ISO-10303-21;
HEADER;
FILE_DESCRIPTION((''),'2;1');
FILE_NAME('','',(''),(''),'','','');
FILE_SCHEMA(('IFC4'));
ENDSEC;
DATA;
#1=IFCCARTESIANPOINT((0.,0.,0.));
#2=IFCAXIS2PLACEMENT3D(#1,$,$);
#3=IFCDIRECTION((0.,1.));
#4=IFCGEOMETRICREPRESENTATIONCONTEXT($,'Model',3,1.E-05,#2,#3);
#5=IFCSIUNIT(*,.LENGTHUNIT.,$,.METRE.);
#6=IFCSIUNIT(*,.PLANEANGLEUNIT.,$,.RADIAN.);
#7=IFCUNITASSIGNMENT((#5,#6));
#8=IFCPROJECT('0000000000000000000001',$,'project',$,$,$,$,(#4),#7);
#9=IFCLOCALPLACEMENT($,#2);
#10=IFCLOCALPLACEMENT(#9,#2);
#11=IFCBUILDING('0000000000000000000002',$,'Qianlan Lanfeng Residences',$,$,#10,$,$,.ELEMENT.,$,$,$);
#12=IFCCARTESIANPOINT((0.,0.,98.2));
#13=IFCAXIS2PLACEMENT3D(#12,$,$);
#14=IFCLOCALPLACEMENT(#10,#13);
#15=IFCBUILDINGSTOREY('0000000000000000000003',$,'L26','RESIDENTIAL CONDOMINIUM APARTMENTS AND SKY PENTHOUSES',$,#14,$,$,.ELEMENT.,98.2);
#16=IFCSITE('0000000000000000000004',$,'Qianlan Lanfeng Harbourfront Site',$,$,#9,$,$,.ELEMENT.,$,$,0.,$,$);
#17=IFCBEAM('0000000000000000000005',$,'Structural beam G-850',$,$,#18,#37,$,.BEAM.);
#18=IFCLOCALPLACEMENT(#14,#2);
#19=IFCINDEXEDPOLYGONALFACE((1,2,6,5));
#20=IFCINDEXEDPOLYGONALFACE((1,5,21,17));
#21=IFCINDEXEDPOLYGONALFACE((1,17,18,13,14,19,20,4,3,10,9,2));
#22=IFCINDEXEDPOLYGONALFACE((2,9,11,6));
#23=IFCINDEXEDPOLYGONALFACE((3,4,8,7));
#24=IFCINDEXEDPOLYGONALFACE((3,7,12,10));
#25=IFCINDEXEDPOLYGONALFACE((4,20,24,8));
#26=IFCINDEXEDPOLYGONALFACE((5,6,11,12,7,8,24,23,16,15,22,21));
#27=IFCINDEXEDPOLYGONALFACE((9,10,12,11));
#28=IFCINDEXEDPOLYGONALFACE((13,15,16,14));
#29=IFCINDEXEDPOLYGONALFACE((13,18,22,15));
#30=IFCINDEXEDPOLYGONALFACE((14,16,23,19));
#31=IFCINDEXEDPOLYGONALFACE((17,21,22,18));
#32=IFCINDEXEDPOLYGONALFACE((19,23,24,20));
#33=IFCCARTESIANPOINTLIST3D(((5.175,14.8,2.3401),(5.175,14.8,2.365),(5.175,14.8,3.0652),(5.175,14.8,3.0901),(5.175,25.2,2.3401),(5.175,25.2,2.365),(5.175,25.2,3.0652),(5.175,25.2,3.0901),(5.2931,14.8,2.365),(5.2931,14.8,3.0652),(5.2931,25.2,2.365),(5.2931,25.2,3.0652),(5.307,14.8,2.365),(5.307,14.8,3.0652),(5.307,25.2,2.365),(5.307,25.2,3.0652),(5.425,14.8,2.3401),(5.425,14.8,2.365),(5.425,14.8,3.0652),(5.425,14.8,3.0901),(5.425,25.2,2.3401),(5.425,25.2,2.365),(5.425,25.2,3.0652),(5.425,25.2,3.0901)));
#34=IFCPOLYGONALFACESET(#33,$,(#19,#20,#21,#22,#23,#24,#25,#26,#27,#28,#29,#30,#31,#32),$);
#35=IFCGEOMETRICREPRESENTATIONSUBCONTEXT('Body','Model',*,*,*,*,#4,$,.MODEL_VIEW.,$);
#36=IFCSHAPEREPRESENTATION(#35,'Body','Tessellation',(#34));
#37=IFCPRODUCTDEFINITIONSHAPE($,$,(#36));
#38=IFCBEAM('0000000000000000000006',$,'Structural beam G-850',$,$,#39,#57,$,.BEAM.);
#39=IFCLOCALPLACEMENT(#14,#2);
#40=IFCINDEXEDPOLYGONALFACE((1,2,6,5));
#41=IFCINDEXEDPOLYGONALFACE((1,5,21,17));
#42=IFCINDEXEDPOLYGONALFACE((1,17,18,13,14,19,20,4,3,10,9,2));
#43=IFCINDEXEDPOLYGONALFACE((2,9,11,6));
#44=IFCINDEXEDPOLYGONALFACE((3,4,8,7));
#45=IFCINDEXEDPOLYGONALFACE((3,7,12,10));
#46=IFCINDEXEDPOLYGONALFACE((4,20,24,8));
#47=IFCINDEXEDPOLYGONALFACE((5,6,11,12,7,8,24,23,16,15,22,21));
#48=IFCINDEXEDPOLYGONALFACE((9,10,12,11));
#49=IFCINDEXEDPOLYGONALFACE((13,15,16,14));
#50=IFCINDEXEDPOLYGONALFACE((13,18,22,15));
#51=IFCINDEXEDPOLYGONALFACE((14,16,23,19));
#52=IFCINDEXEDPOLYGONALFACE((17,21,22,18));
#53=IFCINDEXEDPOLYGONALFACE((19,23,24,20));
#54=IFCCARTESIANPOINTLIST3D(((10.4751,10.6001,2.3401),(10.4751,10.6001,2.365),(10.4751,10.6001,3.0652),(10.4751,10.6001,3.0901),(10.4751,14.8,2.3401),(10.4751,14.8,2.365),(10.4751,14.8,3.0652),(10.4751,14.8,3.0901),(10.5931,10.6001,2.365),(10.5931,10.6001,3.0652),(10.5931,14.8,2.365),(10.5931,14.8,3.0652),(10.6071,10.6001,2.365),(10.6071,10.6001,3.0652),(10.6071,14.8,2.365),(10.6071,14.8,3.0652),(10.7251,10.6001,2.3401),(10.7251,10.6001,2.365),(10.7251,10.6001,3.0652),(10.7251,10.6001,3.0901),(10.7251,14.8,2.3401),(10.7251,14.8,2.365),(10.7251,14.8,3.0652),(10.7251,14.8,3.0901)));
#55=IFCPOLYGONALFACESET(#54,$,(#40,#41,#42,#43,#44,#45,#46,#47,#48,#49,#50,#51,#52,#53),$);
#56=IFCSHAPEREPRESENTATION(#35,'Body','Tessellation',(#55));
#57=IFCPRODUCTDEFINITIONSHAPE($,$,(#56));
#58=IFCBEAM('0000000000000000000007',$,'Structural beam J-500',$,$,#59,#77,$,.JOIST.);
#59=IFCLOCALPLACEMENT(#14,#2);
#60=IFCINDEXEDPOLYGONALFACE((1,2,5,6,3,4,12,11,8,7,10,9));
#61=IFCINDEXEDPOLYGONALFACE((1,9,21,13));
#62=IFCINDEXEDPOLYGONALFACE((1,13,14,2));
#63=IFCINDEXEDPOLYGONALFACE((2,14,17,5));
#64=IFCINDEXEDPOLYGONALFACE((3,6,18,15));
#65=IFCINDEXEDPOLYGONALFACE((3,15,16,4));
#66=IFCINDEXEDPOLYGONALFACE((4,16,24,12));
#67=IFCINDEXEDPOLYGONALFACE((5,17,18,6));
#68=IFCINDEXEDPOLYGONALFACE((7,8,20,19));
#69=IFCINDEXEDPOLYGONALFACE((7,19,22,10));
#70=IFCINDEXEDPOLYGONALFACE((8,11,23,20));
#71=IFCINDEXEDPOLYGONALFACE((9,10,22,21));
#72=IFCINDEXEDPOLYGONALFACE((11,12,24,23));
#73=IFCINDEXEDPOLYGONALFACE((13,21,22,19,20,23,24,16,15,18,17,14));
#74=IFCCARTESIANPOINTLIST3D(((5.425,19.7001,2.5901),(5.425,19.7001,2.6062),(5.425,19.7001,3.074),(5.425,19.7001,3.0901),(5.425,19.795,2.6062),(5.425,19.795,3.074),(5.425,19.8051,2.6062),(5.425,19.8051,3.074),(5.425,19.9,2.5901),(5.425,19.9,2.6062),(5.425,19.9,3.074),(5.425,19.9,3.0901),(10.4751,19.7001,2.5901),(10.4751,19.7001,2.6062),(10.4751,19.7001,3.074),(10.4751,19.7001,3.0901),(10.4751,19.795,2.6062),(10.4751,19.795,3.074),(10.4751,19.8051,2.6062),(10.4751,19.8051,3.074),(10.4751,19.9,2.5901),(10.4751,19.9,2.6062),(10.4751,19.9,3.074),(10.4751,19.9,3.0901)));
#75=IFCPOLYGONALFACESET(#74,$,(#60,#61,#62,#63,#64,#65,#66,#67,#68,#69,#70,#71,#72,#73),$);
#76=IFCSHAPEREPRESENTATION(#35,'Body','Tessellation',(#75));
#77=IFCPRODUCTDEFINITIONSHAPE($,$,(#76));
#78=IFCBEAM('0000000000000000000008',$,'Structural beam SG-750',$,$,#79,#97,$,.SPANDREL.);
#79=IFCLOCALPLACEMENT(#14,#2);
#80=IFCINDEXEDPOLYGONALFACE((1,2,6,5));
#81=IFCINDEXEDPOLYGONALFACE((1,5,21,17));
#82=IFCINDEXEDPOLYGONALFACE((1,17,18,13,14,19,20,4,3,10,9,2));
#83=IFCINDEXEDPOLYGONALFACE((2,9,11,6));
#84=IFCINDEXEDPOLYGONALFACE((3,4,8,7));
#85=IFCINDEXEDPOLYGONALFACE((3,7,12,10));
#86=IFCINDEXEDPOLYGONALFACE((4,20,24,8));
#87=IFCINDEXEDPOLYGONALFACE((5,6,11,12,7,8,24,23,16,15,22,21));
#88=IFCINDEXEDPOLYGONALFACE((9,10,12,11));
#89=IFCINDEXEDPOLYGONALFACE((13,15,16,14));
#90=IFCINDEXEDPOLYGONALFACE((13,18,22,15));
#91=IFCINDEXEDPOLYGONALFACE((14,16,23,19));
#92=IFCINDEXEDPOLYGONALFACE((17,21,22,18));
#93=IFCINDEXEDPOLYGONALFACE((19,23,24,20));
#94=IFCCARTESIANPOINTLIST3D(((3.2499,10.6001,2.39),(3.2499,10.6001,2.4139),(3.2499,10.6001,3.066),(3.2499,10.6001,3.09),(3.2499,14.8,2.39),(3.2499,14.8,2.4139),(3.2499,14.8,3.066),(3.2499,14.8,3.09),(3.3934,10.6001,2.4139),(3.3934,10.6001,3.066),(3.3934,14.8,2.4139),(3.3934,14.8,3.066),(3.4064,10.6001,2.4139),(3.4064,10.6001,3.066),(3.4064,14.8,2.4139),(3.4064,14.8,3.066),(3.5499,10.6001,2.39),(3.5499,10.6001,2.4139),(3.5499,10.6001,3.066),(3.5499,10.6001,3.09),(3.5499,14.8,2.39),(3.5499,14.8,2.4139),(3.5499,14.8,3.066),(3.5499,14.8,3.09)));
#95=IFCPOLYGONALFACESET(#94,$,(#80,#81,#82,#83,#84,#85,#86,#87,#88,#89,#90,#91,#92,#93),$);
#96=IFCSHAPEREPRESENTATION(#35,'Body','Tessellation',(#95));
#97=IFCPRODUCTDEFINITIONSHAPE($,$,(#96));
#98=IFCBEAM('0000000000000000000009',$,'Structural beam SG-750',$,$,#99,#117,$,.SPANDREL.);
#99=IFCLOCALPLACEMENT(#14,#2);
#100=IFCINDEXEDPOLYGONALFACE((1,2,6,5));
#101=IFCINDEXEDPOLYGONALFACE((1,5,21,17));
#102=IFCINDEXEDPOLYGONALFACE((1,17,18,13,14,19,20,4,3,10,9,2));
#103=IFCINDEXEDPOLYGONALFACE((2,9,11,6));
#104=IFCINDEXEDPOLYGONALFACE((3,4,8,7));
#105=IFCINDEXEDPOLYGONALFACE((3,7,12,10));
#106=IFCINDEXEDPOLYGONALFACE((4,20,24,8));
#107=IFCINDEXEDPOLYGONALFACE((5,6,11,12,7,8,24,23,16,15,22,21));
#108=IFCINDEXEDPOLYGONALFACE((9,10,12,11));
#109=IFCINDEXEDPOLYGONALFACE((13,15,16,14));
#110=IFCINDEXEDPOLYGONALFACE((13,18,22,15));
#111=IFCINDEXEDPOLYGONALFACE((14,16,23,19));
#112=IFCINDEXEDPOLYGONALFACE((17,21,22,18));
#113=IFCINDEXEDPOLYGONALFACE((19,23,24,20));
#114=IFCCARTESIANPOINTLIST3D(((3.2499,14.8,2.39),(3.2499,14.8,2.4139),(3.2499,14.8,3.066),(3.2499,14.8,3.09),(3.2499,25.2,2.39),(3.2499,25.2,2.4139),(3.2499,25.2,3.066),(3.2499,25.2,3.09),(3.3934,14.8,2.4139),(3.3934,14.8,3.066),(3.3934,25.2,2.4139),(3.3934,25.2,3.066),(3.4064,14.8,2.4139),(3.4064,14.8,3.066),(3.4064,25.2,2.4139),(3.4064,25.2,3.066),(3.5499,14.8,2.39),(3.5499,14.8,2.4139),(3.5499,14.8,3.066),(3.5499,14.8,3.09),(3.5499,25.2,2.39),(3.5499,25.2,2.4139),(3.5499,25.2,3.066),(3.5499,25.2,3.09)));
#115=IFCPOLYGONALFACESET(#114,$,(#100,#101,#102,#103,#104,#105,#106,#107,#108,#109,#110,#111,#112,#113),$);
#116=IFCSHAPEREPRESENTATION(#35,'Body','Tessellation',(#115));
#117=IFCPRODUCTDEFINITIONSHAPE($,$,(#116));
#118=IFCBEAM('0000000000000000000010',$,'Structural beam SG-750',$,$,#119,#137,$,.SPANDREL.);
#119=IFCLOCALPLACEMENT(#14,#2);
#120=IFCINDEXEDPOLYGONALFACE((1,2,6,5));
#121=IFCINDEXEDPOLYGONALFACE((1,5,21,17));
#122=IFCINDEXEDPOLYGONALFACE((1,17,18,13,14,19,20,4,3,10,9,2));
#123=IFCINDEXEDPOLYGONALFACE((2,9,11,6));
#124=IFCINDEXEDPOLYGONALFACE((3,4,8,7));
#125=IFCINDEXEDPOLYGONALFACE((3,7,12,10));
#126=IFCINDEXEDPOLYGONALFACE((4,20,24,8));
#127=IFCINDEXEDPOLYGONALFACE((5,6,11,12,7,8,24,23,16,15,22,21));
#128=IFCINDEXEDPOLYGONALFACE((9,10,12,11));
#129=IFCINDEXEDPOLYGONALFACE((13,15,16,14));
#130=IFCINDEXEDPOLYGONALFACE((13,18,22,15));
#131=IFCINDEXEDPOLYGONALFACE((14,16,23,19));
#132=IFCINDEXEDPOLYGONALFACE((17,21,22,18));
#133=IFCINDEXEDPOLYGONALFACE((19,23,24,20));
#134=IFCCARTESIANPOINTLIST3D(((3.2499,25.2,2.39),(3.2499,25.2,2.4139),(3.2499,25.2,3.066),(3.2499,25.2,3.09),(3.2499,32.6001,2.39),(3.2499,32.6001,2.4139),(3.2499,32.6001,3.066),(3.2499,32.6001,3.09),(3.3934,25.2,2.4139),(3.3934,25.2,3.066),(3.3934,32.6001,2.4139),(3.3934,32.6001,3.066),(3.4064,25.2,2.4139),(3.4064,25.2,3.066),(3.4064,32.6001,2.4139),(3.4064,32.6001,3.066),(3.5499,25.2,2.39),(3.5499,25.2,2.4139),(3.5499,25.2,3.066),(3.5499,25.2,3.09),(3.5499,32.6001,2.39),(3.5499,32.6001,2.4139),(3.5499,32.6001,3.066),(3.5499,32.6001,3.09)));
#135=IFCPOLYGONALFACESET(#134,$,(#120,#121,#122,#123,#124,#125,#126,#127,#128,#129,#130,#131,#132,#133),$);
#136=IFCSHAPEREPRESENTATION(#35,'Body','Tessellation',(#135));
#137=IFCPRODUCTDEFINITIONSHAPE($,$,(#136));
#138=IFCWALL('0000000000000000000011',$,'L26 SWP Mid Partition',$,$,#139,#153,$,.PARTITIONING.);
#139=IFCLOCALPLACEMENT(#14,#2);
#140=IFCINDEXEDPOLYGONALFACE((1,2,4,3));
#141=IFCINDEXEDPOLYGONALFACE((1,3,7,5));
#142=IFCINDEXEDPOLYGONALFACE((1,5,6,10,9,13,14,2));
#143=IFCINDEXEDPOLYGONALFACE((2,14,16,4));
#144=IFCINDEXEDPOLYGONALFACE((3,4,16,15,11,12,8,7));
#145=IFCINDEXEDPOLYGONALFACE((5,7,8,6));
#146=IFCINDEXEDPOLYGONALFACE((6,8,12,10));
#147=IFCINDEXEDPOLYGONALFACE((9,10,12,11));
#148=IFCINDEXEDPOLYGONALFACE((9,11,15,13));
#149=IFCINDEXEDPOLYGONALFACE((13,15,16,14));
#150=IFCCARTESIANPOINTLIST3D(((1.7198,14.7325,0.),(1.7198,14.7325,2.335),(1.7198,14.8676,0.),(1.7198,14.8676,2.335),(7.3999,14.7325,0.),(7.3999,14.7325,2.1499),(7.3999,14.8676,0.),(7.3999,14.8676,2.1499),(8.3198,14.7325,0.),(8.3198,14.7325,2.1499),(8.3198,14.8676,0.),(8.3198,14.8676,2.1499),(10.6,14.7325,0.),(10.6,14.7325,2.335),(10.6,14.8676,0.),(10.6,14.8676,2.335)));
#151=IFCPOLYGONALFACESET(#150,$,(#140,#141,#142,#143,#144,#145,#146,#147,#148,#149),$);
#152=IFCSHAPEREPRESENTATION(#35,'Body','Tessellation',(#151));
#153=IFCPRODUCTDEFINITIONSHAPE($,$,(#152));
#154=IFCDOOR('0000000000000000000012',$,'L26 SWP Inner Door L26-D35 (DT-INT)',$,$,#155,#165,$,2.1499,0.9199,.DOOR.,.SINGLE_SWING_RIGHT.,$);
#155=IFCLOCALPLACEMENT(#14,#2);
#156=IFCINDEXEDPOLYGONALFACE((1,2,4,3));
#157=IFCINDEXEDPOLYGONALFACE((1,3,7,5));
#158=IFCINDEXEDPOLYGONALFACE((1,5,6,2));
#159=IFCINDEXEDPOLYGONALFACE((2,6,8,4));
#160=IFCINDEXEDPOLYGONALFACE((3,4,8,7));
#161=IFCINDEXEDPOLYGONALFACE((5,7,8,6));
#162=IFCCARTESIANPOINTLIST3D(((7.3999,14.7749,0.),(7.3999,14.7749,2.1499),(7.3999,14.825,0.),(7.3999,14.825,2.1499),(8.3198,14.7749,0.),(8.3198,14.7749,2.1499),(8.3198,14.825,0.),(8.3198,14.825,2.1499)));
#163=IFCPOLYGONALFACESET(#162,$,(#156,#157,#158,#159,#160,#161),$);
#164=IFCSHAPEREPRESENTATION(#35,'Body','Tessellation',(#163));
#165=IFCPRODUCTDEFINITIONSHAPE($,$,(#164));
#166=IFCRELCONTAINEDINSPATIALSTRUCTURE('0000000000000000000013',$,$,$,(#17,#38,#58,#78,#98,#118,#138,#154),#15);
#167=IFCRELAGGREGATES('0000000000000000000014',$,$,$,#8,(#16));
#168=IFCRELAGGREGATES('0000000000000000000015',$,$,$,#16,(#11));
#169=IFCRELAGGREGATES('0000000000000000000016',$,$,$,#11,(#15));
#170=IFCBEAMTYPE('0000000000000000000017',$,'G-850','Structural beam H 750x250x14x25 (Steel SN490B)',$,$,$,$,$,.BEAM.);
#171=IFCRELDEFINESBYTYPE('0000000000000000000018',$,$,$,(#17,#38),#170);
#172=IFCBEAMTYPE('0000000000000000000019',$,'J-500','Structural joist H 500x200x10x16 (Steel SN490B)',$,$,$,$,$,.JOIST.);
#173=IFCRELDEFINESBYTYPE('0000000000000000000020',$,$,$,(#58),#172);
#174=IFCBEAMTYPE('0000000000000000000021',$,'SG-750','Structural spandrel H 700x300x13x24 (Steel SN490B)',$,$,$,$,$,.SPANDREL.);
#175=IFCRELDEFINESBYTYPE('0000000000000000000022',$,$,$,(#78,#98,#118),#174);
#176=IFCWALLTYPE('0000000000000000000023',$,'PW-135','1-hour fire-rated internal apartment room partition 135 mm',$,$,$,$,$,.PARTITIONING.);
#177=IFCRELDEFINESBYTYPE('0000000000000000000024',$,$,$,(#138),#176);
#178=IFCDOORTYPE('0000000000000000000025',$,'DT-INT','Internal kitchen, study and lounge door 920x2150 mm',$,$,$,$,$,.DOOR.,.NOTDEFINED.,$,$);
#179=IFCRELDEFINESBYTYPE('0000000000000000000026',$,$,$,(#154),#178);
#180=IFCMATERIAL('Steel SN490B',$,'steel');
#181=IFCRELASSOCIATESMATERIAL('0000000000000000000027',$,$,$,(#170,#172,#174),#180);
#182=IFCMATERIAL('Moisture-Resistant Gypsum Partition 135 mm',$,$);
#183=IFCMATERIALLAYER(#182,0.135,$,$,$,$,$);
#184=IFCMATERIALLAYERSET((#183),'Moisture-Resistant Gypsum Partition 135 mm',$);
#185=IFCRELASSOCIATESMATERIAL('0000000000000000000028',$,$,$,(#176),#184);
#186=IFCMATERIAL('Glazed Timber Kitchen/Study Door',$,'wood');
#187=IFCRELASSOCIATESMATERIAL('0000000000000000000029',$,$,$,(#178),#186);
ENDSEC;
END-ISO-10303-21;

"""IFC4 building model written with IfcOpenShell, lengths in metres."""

from ifc_helpers import new_model, si_unit, direction, frame, frame_2d, origin, origin_2d, place, context, subcontext, project, spatial, rectangle, i_section, extrude, material, layer, layer_set, material_profile, profile_set, type_object, element, fill, save


model = new_model("IFC4")

# Units and contexts
model_context = context("Model", 3, precision=1e-05, world=origin(), true_north=direction((0.0, 1.0)))
body_context = subcontext(model_context, "Body", "Model", "MODEL_VIEW")
ifc_project = project(units=[si_unit("LENGTHUNIT", "METRE"), si_unit("PLANEANGLEUNIT", "RADIAN")], contexts=[model_context])

# Site, building, storey
site_placement = place(None, origin())
site = spatial("IfcSite", under=ifc_project, at=site_placement, Name="Qianlan Lanfeng Harbourfront Site", CompositionType="ELEMENT", RefElevation=0.0)
building_placement = place(site_placement, origin())
building = spatial("IfcBuilding", under=site, at=building_placement, Name="Qianlan Lanfeng Residences", CompositionType="ELEMENT")
storey_placement = place(building_placement, frame((0.0, 0.0, 98.2)))
storey = spatial("IfcBuildingStorey", under=building, at=storey_placement, Name="L26", Description="RESIDENTIAL CONDOMINIUM APARTMENTS AND SKY PENTHOUSES", CompositionType="ELEMENT", Elevation=98.2)

# Shared definitions
ifc_material_1 = material(Name="Steel SN490B", Category="steel")

# Beams
ifc_material_profile_1 = material_profile(ifc_material_1, i_section(OverallWidth=0.25, OverallDepth=0.75, WebThickness=0.0139, FlangeThickness=0.0249, at=origin_2d()), Name="H 750x250x14x25")
ifc_profile_set_1 = profile_set([ifc_material_profile_1], Name="Steel SN490B")
beam_type_1 = type_object("IfcBeamType", Name="G-850", Description="Structural beam H 750x250x14x25 (Steel SN490B)", PredefinedType="BEAM", material=ifc_profile_set_1)
beam_1_placement = place(storey_placement, frame((5.3, 14.8, 2.7151), z_axis=(0.0, 1.0, 0.0), x_axis=(-1.0, 0.0, 0.0)))
element("IfcBeam", 1, at=beam_1_placement, inside=storey, type_object=beam_type_1, Name="Structural beam G-850", PredefinedType="BEAM", context=body_context, shape_type="SweptSolid", body=[
    extrude(i_section(OverallWidth=0.25, OverallDepth=0.75, WebThickness=0.0139, FlangeThickness=0.0249, at=origin_2d()), origin(), (0.0, 0.0, 1.0), 10.3999),
])
beam_2_placement = place(storey_placement, frame((10.6001, 10.6001, 2.7151), z_axis=(0.0, 1.0, 0.0), x_axis=(-1.0, 0.0, 0.0)))
element("IfcBeam", 2, at=beam_2_placement, inside=storey, type_object=beam_type_1, Name="Structural beam G-850", PredefinedType="BEAM", context=body_context, shape_type="SweptSolid", body=[
    extrude(i_section(OverallWidth=0.25, OverallDepth=0.75, WebThickness=0.0139, FlangeThickness=0.0249, at=origin_2d()), origin(), (0.0, 0.0, 1.0), 4.2),
])
ifc_material_profile_2 = material_profile(ifc_material_1, i_section(OverallWidth=0.2, OverallDepth=0.5, WebThickness=0.01, FlangeThickness=0.0161, at=origin_2d()), Name="H 500x200x10x16")
ifc_profile_set_2 = profile_set([ifc_material_profile_2], Name="Steel SN490B")
beam_type_2 = type_object("IfcBeamType", Name="J-500", Description="Structural joist H 500x200x10x16 (Steel SN490B)", PredefinedType="JOIST", material=ifc_profile_set_2)
beam_3_placement = place(storey_placement, frame((5.425, 19.8, 2.8401), z_axis=(1.0, 0.0, 0.0), x_axis=(0.0, 1.0, 0.0)))
element("IfcBeam", 3, at=beam_3_placement, inside=storey, type_object=beam_type_2, Name="Structural beam J-500", PredefinedType="JOIST", context=body_context, shape_type="SweptSolid", body=[
    extrude(i_section(OverallWidth=0.2, OverallDepth=0.5, WebThickness=0.01, FlangeThickness=0.0161, at=origin_2d()), origin(), (0.0, 0.0, 1.0), 5.05),
])
ifc_material_profile_3 = material_profile(ifc_material_1, i_section(OverallWidth=0.3, OverallDepth=0.7, WebThickness=0.0129, FlangeThickness=0.0239, at=origin_2d()), Name="H 700x300x13x24")
ifc_profile_set_3 = profile_set([ifc_material_profile_3], Name="Steel SN490B")
beam_type_3 = type_object("IfcBeamType", Name="SG-750", Description="Structural spandrel H 700x300x13x24 (Steel SN490B)", PredefinedType="SPANDREL", material=ifc_profile_set_3)
beam_4_placement = place(storey_placement, frame((3.3999, 10.6001, 2.74), z_axis=(0.0, 1.0, 0.0), x_axis=(-1.0, 0.0, 0.0)))
element("IfcBeam", 4, at=beam_4_placement, inside=storey, type_object=beam_type_3, Name="Structural beam SG-750", PredefinedType="SPANDREL", context=body_context, shape_type="SweptSolid", body=[
    extrude(i_section(OverallWidth=0.3, OverallDepth=0.7, WebThickness=0.0129, FlangeThickness=0.0239, at=origin_2d()), origin(), (0.0, 0.0, 1.0), 4.2),
])
beam_5_placement = place(storey_placement, frame((3.3999, 14.8, 2.74), z_axis=(0.0, 1.0, 0.0), x_axis=(-1.0, 0.0, 0.0)))
element("IfcBeam", 5, at=beam_5_placement, inside=storey, type_object=beam_type_3, Name="Structural beam SG-750", PredefinedType="SPANDREL", context=body_context, shape_type="SweptSolid", body=[
    extrude(i_section(OverallWidth=0.3, OverallDepth=0.7, WebThickness=0.0129, FlangeThickness=0.0239, at=origin_2d()), origin(), (0.0, 0.0, 1.0), 10.3999),
])
beam_6_placement = place(storey_placement, frame((3.3999, 25.2, 2.74), z_axis=(0.0, 1.0, 0.0), x_axis=(-1.0, 0.0, 0.0)))
element("IfcBeam", 6, at=beam_6_placement, inside=storey, type_object=beam_type_3, Name="Structural beam SG-750", PredefinedType="SPANDREL", context=body_context, shape_type="SweptSolid", body=[
    extrude(i_section(OverallWidth=0.3, OverallDepth=0.7, WebThickness=0.0129, FlangeThickness=0.0239, at=origin_2d()), origin(), (0.0, 0.0, 1.0), 7.4001),
])

# Wall, opening, door
ifc_material_2 = material(Name="Moisture-Resistant Gypsum Partition 135 mm")
ifc_layer_1 = layer(ifc_material_2, 0.135)
ifc_layer_set_1 = layer_set([ifc_layer_1], Name="Moisture-Resistant Gypsum Partition 135 mm")
wall_type_1 = type_object("IfcWallType", Name="PW-135", Description="1-hour fire-rated internal apartment room partition 135 mm", PredefinedType="PARTITIONING", material=ifc_layer_set_1)
wall_1_placement = place(storey_placement, frame((1.72, 14.8, 0.0), z_axis=(0.0, 0.0, 1.0), x_axis=(1.0, 0.0, 0.0)))
wall_1 = element("IfcWall", 7, at=wall_1_placement, inside=storey, type_object=wall_type_1, Name="L26 SWP Mid Partition", PredefinedType="PARTITIONING", context=body_context, shape_type="SweptSolid", body=[
    extrude(rectangle(XDim=8.8801, YDim=0.135, at=frame_2d((4.4399, 0.0))), origin(), (0.0, 0.0, 1.0), 2.335),
])
opening_1_placement = place(wall_1_placement, frame((5.6799, 0.0, 0.0)))
opening_1 = element("IfcOpeningElement", 8, at=opening_1_placement, cuts=wall_1, PredefinedType="OPENING", context=body_context, shape_type="SweptSolid", body=[
    extrude(rectangle(XDim=0.9199, YDim=2.1499, at=frame_2d((0.46, 1.075))), frame((0.0, 0.0776, 0.0), z_axis=(0.0, -1.0, 0.0), x_axis=(1.0, 0.0, 0.0)), (0.0, 0.0, 1.0), 0.155),
])
ifc_material_3 = material(Name="Glazed Timber Kitchen/Study Door", Category="wood")
door_type_1 = type_object("IfcDoorType", Name="DT-INT", Description="Internal kitchen, study and lounge door 920x2150 mm", OperationType="NOTDEFINED", PredefinedType="DOOR", material=ifc_material_3)
door_1_placement = place(opening_1_placement, origin())
door_1 = element("IfcDoor", 9, at=door_1_placement, inside=storey, type_object=door_type_1, Name="L26 SWP Inner Door L26-D35 (DT-INT)", OperationType="SINGLE_SWING_RIGHT", OverallHeight=2.1499, OverallWidth=0.9199, PredefinedType="DOOR", context=body_context, shape_type="SweptSolid", body=[
    extrude(rectangle(XDim=0.9199, YDim=2.1499, at=frame_2d((0.46, 1.075))), frame((0.0, 0.0249, 0.0), z_axis=(0.0, -1.0, 0.0), x_axis=(1.0, 0.0, 0.0)), (0.0, 0.0, 1.0), 0.05),
])
fill(opening_1, door_1)

save(model, "model.ifc")
